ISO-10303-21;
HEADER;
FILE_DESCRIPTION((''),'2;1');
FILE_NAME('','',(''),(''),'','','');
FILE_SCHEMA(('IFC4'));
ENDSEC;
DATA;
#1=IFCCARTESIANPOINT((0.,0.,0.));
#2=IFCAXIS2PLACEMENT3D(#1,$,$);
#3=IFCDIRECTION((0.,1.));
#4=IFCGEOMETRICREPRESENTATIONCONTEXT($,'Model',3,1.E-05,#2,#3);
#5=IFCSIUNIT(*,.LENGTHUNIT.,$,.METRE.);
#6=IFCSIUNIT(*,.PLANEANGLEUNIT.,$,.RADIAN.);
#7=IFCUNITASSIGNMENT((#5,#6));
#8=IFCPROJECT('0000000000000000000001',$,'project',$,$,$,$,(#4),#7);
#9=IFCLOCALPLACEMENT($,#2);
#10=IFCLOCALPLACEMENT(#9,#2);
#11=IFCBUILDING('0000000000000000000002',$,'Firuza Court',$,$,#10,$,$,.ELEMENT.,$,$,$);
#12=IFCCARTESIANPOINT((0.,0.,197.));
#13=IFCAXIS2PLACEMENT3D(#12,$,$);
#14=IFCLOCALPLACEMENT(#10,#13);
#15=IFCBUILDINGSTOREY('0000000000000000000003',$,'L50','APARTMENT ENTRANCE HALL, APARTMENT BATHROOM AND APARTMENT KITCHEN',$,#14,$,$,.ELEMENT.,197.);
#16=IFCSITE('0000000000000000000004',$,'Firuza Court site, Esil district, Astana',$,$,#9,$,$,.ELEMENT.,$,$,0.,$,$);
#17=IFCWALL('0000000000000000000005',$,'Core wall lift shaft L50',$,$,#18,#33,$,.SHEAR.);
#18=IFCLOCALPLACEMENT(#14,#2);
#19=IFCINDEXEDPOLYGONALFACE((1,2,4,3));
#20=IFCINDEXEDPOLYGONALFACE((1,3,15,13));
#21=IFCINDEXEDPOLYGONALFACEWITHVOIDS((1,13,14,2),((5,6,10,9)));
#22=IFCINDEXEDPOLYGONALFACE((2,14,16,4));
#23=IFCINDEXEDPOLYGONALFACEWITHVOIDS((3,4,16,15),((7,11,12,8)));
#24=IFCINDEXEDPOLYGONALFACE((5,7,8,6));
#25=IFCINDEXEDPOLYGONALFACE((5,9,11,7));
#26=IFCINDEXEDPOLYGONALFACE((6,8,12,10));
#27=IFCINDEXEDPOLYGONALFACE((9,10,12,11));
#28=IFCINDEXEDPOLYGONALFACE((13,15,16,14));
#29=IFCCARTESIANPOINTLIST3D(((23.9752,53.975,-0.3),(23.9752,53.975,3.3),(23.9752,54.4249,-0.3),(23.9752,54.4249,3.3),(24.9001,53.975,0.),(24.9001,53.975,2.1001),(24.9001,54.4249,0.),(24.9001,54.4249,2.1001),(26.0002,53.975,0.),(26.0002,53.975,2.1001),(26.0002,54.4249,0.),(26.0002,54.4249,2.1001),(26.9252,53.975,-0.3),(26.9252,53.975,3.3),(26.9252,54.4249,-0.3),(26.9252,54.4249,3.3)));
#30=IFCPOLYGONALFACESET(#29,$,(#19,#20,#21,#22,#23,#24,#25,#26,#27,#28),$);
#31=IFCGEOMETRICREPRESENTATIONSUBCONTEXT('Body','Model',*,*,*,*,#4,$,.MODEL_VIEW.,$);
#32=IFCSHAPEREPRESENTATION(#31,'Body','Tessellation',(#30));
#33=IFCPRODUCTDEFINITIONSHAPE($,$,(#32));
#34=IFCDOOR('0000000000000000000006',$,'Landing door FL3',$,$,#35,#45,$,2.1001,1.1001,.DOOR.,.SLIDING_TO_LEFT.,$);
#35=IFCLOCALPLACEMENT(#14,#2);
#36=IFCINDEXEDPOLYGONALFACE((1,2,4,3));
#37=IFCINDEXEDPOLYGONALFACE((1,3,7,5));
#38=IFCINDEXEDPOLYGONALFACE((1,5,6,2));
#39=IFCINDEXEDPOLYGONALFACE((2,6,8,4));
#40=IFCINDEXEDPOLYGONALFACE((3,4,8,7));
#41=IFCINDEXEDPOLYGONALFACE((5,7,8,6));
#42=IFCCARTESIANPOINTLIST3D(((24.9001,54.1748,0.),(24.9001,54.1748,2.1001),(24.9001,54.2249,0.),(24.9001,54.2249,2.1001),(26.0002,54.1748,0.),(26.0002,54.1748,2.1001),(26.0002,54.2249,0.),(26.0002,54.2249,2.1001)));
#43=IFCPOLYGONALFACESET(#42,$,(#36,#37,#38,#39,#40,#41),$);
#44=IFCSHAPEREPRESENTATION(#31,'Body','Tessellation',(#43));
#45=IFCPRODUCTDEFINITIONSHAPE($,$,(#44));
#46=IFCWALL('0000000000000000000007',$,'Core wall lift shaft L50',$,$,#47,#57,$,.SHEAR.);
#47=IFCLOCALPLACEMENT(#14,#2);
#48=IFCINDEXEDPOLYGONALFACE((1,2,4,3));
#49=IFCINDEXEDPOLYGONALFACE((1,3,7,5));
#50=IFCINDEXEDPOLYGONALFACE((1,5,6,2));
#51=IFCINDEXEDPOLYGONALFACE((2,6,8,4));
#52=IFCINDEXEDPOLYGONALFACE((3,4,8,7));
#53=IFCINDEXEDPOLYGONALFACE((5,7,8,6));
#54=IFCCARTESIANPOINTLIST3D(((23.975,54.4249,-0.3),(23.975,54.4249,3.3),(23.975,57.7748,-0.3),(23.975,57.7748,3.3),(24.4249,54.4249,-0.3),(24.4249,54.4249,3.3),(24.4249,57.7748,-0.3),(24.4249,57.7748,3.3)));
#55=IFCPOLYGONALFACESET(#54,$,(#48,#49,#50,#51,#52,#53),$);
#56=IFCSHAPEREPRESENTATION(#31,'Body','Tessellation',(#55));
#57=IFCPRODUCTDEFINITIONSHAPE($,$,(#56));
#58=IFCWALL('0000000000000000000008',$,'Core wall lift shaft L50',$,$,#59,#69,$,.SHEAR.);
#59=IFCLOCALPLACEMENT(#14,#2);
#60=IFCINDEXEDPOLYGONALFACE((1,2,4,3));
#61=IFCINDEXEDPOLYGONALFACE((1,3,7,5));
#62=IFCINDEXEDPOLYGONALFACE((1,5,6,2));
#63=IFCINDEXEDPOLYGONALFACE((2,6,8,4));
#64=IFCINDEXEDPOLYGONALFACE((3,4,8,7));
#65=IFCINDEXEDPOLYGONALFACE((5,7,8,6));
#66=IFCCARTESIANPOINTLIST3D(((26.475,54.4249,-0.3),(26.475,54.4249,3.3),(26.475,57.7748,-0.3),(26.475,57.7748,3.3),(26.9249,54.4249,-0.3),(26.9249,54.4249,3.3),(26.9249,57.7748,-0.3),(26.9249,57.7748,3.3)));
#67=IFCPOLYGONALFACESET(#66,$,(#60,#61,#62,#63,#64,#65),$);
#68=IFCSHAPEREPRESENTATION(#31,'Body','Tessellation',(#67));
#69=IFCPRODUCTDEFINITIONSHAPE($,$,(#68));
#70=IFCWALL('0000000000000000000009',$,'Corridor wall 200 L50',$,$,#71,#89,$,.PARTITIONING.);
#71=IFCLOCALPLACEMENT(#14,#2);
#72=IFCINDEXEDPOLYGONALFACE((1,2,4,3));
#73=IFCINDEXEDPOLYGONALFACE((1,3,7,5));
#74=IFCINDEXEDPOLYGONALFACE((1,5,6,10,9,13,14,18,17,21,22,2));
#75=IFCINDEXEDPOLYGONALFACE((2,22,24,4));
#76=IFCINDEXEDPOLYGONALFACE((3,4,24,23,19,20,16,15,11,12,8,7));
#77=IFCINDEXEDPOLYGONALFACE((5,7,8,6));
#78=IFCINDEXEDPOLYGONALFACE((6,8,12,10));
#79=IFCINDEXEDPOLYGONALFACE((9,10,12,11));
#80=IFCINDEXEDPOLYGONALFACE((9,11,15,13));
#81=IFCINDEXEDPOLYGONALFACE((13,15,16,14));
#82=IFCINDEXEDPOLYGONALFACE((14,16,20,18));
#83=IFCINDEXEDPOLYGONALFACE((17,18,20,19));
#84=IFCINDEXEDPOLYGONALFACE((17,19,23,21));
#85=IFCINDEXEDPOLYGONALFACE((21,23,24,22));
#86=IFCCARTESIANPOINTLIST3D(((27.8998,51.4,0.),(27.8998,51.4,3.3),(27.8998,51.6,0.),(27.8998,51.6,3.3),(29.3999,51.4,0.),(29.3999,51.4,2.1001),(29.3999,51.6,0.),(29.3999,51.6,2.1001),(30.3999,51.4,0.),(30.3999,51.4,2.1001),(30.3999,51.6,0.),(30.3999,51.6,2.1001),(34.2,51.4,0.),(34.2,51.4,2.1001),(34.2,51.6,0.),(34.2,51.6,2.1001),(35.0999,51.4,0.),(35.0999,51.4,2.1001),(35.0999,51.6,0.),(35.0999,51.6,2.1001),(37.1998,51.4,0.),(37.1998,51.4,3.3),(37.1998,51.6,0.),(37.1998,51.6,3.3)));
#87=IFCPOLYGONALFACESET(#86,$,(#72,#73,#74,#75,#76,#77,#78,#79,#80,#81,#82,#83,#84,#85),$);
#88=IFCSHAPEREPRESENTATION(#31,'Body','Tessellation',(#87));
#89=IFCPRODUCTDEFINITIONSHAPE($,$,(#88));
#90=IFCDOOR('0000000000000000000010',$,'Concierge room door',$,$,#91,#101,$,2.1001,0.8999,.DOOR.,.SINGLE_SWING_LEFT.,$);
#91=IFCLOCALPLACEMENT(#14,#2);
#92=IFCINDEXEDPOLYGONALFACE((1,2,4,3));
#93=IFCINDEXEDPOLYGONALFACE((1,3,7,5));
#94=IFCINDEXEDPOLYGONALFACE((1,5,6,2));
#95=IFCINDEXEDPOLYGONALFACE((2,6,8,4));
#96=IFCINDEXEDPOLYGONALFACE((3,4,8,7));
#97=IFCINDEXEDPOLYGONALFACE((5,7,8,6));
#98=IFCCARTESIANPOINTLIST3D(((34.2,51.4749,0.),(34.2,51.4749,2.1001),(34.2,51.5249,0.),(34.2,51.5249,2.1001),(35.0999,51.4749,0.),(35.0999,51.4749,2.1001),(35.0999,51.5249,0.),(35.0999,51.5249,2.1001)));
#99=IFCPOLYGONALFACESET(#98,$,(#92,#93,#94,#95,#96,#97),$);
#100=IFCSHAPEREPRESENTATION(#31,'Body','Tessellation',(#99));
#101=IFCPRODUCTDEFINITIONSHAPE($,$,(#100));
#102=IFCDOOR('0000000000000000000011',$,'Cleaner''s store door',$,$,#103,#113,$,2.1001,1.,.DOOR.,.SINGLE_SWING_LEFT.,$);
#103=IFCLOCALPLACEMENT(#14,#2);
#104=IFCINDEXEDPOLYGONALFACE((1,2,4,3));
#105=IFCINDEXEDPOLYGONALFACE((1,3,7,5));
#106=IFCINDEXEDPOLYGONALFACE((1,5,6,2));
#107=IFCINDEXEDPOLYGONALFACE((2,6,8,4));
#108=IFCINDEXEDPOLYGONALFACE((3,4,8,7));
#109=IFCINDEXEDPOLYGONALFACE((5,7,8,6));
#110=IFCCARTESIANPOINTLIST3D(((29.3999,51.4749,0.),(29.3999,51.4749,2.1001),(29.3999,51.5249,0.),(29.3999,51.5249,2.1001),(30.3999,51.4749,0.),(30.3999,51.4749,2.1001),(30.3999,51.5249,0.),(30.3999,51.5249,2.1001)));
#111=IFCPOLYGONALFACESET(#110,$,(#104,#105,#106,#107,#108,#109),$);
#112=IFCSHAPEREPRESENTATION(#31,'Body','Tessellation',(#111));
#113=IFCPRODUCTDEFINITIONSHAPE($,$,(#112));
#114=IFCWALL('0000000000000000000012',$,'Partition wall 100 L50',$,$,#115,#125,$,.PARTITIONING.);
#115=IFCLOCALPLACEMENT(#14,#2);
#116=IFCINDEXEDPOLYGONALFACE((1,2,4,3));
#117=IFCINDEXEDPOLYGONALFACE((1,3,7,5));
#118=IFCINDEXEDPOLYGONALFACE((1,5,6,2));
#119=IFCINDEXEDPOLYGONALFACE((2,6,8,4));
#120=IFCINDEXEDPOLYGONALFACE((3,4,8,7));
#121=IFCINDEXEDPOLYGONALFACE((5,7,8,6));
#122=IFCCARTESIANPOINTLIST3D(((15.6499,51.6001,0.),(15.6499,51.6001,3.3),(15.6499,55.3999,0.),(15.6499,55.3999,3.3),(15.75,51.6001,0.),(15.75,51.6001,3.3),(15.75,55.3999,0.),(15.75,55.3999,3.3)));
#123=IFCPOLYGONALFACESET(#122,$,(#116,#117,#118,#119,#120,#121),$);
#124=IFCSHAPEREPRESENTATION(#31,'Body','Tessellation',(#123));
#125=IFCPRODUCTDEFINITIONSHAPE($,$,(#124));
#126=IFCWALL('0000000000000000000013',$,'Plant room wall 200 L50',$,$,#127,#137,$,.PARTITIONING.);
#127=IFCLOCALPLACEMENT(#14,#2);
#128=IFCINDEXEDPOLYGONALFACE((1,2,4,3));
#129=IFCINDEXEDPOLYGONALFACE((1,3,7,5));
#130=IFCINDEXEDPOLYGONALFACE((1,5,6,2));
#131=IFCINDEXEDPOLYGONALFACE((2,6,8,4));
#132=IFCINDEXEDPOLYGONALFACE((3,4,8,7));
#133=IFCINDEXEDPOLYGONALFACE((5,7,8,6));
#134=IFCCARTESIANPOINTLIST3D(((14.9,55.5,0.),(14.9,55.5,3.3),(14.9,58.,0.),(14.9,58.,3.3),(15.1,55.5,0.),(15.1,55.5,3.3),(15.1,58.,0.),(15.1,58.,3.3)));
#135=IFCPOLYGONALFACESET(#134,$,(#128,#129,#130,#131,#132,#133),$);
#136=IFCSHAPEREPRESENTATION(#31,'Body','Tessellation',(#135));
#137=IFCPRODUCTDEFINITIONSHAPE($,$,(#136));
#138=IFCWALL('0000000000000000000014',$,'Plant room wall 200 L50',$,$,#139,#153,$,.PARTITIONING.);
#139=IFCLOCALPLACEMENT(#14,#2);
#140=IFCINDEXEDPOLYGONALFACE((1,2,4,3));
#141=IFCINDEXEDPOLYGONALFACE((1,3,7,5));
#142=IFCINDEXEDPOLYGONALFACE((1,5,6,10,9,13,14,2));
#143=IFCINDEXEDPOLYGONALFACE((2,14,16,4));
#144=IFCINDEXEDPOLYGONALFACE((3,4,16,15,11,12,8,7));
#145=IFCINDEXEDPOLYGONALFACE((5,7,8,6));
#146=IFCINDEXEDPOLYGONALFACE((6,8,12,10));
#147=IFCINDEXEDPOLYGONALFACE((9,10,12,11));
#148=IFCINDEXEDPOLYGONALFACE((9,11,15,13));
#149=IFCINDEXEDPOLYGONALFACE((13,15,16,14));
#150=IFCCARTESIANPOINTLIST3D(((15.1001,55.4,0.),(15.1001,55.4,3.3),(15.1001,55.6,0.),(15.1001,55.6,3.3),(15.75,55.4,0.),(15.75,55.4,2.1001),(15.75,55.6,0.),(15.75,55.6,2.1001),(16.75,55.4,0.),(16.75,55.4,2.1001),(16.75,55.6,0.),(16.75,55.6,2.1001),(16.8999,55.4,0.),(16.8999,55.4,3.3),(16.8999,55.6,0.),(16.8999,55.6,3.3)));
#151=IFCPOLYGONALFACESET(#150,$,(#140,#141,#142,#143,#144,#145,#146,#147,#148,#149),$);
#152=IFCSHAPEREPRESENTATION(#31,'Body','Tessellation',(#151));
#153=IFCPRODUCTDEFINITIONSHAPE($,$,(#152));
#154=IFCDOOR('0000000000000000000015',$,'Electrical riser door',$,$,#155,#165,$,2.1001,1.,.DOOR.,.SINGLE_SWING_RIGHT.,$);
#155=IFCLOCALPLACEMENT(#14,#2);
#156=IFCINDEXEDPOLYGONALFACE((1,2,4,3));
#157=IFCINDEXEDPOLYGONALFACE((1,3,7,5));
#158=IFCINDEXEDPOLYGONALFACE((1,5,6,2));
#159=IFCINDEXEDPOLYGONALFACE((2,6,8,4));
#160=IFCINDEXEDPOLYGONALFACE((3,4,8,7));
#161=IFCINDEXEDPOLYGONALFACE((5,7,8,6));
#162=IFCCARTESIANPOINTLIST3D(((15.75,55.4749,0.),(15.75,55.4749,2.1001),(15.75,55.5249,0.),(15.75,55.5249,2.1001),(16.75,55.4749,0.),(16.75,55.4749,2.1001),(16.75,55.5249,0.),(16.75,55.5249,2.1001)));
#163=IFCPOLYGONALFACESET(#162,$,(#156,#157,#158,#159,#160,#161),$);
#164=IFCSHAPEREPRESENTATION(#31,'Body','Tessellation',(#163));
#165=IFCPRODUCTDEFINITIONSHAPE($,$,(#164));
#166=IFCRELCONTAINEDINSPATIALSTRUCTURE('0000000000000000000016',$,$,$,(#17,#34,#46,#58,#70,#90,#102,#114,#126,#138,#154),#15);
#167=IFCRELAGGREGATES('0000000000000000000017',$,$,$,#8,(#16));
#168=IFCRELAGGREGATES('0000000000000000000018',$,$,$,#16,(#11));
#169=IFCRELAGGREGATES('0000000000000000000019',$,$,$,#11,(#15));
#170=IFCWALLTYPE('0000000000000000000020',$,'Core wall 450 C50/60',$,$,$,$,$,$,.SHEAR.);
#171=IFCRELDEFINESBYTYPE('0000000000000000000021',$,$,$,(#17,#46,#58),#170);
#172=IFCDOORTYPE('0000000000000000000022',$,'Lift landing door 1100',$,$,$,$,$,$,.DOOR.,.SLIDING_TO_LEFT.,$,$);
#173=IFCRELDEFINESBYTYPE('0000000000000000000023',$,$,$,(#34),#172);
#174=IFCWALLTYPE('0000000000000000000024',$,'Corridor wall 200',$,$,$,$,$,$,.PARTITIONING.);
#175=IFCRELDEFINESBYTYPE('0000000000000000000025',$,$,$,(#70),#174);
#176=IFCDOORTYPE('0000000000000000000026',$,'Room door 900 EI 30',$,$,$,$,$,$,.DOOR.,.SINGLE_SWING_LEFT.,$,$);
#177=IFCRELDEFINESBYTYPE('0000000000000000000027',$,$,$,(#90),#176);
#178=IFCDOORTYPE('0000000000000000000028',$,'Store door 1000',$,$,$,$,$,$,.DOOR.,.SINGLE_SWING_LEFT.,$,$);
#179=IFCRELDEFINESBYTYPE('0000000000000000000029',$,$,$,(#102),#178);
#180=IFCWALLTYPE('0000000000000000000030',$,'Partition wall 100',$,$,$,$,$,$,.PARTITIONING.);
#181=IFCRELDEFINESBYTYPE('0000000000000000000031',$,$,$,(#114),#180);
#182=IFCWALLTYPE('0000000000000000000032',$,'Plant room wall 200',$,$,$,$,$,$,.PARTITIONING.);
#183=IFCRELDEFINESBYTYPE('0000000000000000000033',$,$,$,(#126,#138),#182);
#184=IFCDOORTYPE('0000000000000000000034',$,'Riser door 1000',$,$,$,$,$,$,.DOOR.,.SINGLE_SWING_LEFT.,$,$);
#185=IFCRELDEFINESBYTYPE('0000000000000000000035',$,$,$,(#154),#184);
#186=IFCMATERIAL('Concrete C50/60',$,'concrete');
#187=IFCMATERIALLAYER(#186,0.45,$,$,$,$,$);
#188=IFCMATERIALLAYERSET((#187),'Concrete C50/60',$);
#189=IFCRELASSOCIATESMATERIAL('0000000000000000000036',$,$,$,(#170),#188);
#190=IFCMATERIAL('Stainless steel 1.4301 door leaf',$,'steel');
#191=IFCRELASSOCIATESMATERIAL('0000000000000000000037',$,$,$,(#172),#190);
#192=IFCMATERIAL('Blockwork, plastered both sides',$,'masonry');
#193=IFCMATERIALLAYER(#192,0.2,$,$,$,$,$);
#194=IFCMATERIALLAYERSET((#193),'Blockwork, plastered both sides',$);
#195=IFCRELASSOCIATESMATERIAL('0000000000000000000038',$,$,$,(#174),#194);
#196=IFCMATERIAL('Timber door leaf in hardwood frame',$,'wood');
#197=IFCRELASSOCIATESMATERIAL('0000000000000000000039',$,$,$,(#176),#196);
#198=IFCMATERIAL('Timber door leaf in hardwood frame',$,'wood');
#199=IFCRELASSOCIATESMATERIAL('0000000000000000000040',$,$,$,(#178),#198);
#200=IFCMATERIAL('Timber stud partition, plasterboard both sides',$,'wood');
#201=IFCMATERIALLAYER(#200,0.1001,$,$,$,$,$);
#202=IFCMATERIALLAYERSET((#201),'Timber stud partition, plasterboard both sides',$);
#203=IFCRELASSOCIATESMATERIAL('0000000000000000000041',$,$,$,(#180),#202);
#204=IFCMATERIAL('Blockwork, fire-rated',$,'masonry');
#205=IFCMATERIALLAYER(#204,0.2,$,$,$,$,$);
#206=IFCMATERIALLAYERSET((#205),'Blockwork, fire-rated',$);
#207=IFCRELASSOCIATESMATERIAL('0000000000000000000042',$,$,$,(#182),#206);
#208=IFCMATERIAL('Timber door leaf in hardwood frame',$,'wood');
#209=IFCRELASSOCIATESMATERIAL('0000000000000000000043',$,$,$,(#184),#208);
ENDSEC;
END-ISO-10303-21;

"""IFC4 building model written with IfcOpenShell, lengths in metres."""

from ifc_helpers import new_model, si_unit, direction, frame, frame_2d, origin, place, context, subcontext, project, spatial, rectangle, extrude, material, layer, layer_set, type_object, element, fill, save


model = new_model("IFC4")

# Units and contexts
model_context = context("Model", 3, precision=1e-05, world=origin(), true_north=direction((0.0, 1.0)))
body_context = subcontext(model_context, "Body", "Model", "MODEL_VIEW")
ifc_project = project(units=[si_unit("LENGTHUNIT", "METRE"), si_unit("PLANEANGLEUNIT", "RADIAN")], contexts=[model_context])

# Site, building, storey
site_placement = place(None, origin())
site = spatial("IfcSite", under=ifc_project, at=site_placement, Name="Firuza Court site, Esil district, Astana", CompositionType="ELEMENT", RefElevation=0.0)
building_placement = place(site_placement, origin())
building = spatial("IfcBuilding", under=site, at=building_placement, Name="Firuza Court", CompositionType="ELEMENT")
storey_placement = place(building_placement, frame((0.0, 0.0, 197.0)))
storey = spatial("IfcBuildingStorey", under=building, at=storey_placement, Name="L50", Description="APARTMENT ENTRANCE HALL, APARTMENT BATHROOM AND APARTMENT KITCHEN", CompositionType="ELEMENT", Elevation=197.0)

# Wall, opening, door
ifc_material_1 = material(Name="Concrete C50/60", Category="concrete")
ifc_layer_1 = layer(ifc_material_1, 0.45)
ifc_layer_set_1 = layer_set([ifc_layer_1], Name="Concrete C50/60")
wall_type_1 = type_object("IfcWallType", Name="Core wall 450 C50/60", PredefinedType="SHEAR", material=ifc_layer_set_1)
wall_1_placement = place(storey_placement, frame((23.9751, 54.2, -0.3), z_axis=(0.0, 0.0, 1.0), x_axis=(1.0, 0.0, 0.0)))
wall_1 = element("IfcWall", 1, at=wall_1_placement, inside=storey, type_object=wall_type_1, Name="Core wall lift shaft L50", PredefinedType="SHEAR", context=body_context, shape_type="SweptSolid", body=[
    extrude(rectangle(XDim=2.95, YDim=0.45, at=frame_2d((1.4751, 0.0))), origin(), (0.0, 0.0, 1.0), 3.6001),
])
opening_1_placement = place(wall_1_placement, frame((0.925, 0.0, 0.3)))
opening_1 = element("IfcOpeningElement", 2, at=opening_1_placement, cuts=wall_1, PredefinedType="OPENING", context=body_context, shape_type="SweptSolid", body=[
    extrude(rectangle(XDim=1.1001, YDim=2.1001, at=frame_2d((0.55, 1.05))), frame((0.0, 0.2368, 0.0), z_axis=(0.0, -1.0, 0.0), x_axis=(1.0, 0.0, 0.0)), (0.0, 0.0, 1.0), 0.4739),
])
ifc_material_2 = material(Name="Stainless steel 1.4301 door leaf", Category="steel")
door_type_1 = type_object("IfcDoorType", Name="Lift landing door 1100", OperationType="SLIDING_TO_LEFT", PredefinedType="DOOR", material=ifc_material_2)
door_1_placement = place(opening_1_placement, origin())
door_1 = element("IfcDoor", 3, at=door_1_placement, inside=storey, type_object=door_type_1, Name="Landing door FL3", OperationType="SLIDING_TO_LEFT", OverallHeight=2.1001, OverallWidth=1.1001, PredefinedType="DOOR", context=body_context, shape_type="SweptSolid", body=[
    extrude(rectangle(XDim=1.1001, YDim=2.1001, at=frame_2d((0.55, 1.05))), frame((0.0, 0.0249, 0.0), z_axis=(0.0, -1.0, 0.0), x_axis=(1.0, 0.0, 0.0)), (0.0, 0.0, 1.0), 0.05),
])
fill(opening_1, door_1)

# Walls
for number, where, z_axis, x_axis, name in (
    (4, (24.2, 54.425, -0.3), (0.0, 0.0, 1.0), (0.0, 1.0, 0.0), "Core wall lift shaft L50"),
    (5, (26.7, 54.425, -0.3), (0.0, 0.0, 1.0), (0.0, 1.0, 0.0), "Core wall lift shaft L50"),
):
    element("IfcWall", number, at=place(storey_placement, frame(where, z_axis=z_axis, x_axis=x_axis)), inside=storey, type_object=wall_type_1, Name=name, PredefinedType="SHEAR", context=body_context, shape_type="SweptSolid", body=[
        extrude(rectangle(XDim=3.3499, YDim=0.45, at=frame_2d((1.6748, 0.0))), origin(), (0.0, 0.0, 1.0), 3.6001),
    ])

# Wall, openings, doors
ifc_material_3 = material(Name="Blockwork, plastered both sides", Category="masonry")
ifc_layer_2 = layer(ifc_material_3, 0.2)
ifc_layer_set_2 = layer_set([ifc_layer_2], Name="Blockwork, plastered both sides")
wall_type_2 = type_object("IfcWallType", Name="Corridor wall 200", PredefinedType="PARTITIONING", material=ifc_layer_set_2)
wall_2_placement = place(storey_placement, frame((27.8999, 51.5, 0.0), z_axis=(0.0, 0.0, 1.0), x_axis=(1.0, 0.0, 0.0)))
wall_2 = element("IfcWall", 6, at=wall_2_placement, inside=storey, type_object=wall_type_2, Name="Corridor wall 200 L50", PredefinedType="PARTITIONING", context=body_context, shape_type="SweptSolid", body=[
    extrude(rectangle(XDim=9.3, YDim=0.2, at=frame_2d((4.6499, 0.0))), origin(), (0.0, 0.0, 1.0), 3.3),
])
opening_2_placement = place(wall_2_placement, frame((1.5, 0.0, 0.0)))
opening_2 = element("IfcOpeningElement", 7, at=opening_2_placement, cuts=wall_2, PredefinedType="OPENING", context=body_context, shape_type="SweptSolid", body=[
    extrude(rectangle(XDim=1.0, YDim=2.1001, at=frame_2d((0.5, 1.05))), frame((0.0, 0.1118, 0.0), z_axis=(0.0, -1.0, 0.0), x_axis=(1.0, 0.0, 0.0)), (0.0, 0.0, 1.0), 0.2239),
])
opening_3_placement = place(wall_2_placement, frame((6.3, 0.0, 0.0)))
opening_3 = element("IfcOpeningElement", 8, at=opening_3_placement, cuts=wall_2, PredefinedType="OPENING", context=body_context, shape_type="SweptSolid", body=[
    extrude(rectangle(XDim=0.8999, YDim=2.1001, at=frame_2d((0.45, 1.05))), frame((0.0, 0.1118, 0.0), z_axis=(0.0, -1.0, 0.0), x_axis=(1.0, 0.0, 0.0)), (0.0, 0.0, 1.0), 0.2239),
])
ifc_material_4 = material(Name="Timber door leaf in hardwood frame", Category="wood")
door_type_2 = type_object("IfcDoorType", Name="Room door 900 EI 30", OperationType="SINGLE_SWING_LEFT", PredefinedType="DOOR", material=ifc_material_4)
door_2_placement = place(opening_3_placement, origin())
door_2 = element("IfcDoor", 9, at=door_2_placement, inside=storey, type_object=door_type_2, Name="Concierge room door", OperationType="SINGLE_SWING_LEFT", OverallHeight=2.1001, OverallWidth=0.8999, PredefinedType="DOOR", context=body_context, shape_type="SweptSolid", body=[
    extrude(rectangle(XDim=0.8999, YDim=2.1001, at=frame_2d((0.45, 1.05))), frame((0.0, 0.0249, 0.0), z_axis=(0.0, -1.0, 0.0), x_axis=(1.0, 0.0, 0.0)), (0.0, 0.0, 1.0), 0.05),
])
fill(opening_3, door_2)
ifc_material_5 = material(Name="Timber door leaf in hardwood frame", Category="wood")
door_type_3 = type_object("IfcDoorType", Name="Store door 1000", OperationType="SINGLE_SWING_LEFT", PredefinedType="DOOR", material=ifc_material_5)
door_3_placement = place(opening_2_placement, origin())
door_3 = element("IfcDoor", 10, at=door_3_placement, inside=storey, type_object=door_type_3, Name="Cleaner's store door", OperationType="SINGLE_SWING_LEFT", OverallHeight=2.1001, OverallWidth=1.0, PredefinedType="DOOR", context=body_context, shape_type="SweptSolid", body=[
    extrude(rectangle(XDim=1.0, YDim=2.1001, at=frame_2d((0.5, 1.05))), frame((0.0, 0.0249, 0.0), z_axis=(0.0, -1.0, 0.0), x_axis=(1.0, 0.0, 0.0)), (0.0, 0.0, 1.0), 0.05),
])
fill(opening_2, door_3)

# Walls
ifc_material_6 = material(Name="Timber stud partition, plasterboard both sides", Category="wood")
ifc_layer_3 = layer(ifc_material_6, 0.1001)
ifc_layer_set_3 = layer_set([ifc_layer_3], Name="Timber stud partition, plasterboard both sides")
wall_type_3 = type_object("IfcWallType", Name="Partition wall 100", PredefinedType="PARTITIONING", material=ifc_layer_set_3)
wall_3_placement = place(storey_placement, frame((15.7, 51.6001, 0.0), z_axis=(0.0, 0.0, 1.0), x_axis=(0.0, 1.0, 0.0)))
element("IfcWall", 11, at=wall_3_placement, inside=storey, type_object=wall_type_3, Name="Partition wall 100 L50", PredefinedType="PARTITIONING", context=body_context, shape_type="SweptSolid", body=[
    extrude(rectangle(XDim=3.7998, YDim=0.1001, at=frame_2d((1.8999, 0.0))), origin(), (0.0, 0.0, 1.0), 3.3),
])
ifc_material_7 = material(Name="Blockwork, fire-rated", Category="masonry")
ifc_layer_4 = layer(ifc_material_7, 0.2)
ifc_layer_set_4 = layer_set([ifc_layer_4], Name="Blockwork, fire-rated")
wall_type_4 = type_object("IfcWallType", Name="Plant room wall 200", PredefinedType="PARTITIONING", material=ifc_layer_set_4)
wall_4_placement = place(storey_placement, frame((15.0, 55.5, 0.0), z_axis=(0.0, 0.0, 1.0), x_axis=(0.0, 1.0, 0.0)))
element("IfcWall", 12, at=wall_4_placement, inside=storey, type_object=wall_type_4, Name="Plant room wall 200 L50", PredefinedType="PARTITIONING", context=body_context, shape_type="SweptSolid", body=[
    extrude(rectangle(XDim=2.5, YDim=0.2, at=frame_2d((1.25, 0.0))), origin(), (0.0, 0.0, 1.0), 3.3),
])

# Wall, opening, door
wall_5_placement = place(storey_placement, frame((15.1001, 55.5, 0.0), z_axis=(0.0, 0.0, 1.0), x_axis=(1.0, 0.0, 0.0)))
wall_5 = element("IfcWall", 13, at=wall_5_placement, inside=storey, type_object=wall_type_4, Name="Plant room wall 200 L50", PredefinedType="PARTITIONING", context=body_context, shape_type="SweptSolid", body=[
    extrude(rectangle(XDim=1.7998, YDim=0.2, at=frame_2d((0.8999, 0.0))), origin(), (0.0, 0.0, 1.0), 3.3),
])
opening_4_placement = place(wall_5_placement, frame((0.6499, 0.0, 0.0)))
opening_4 = element("IfcOpeningElement", 14, at=opening_4_placement, cuts=wall_5, PredefinedType="OPENING", context=body_context, shape_type="SweptSolid", body=[
    extrude(rectangle(XDim=1.0, YDim=2.1001, at=frame_2d((0.5, 1.05))), frame((0.0, 0.1118, 0.0), z_axis=(0.0, -1.0, 0.0), x_axis=(1.0, 0.0, 0.0)), (0.0, 0.0, 1.0), 0.2239),
])
ifc_material_8 = material(Name="Timber door leaf in hardwood frame", Category="wood")
door_type_4 = type_object("IfcDoorType", Name="Riser door 1000", OperationType="SINGLE_SWING_LEFT", PredefinedType="DOOR", material=ifc_material_8)
door_4_placement = place(opening_4_placement, origin())
door_4 = element("IfcDoor", 15, at=door_4_placement, inside=storey, type_object=door_type_4, Name="Electrical riser door", OperationType="SINGLE_SWING_RIGHT", OverallHeight=2.1001, OverallWidth=1.0, PredefinedType="DOOR", context=body_context, shape_type="SweptSolid", body=[
    extrude(rectangle(XDim=1.0, YDim=2.1001, at=frame_2d((0.5, 1.05))), frame((0.0, 0.0249, 0.0), z_axis=(0.0, -1.0, 0.0), x_axis=(1.0, 0.0, 0.0)), (0.0, 0.0, 1.0), 0.05),
])
fill(opening_4, door_4)

save(model, "model.ifc")
